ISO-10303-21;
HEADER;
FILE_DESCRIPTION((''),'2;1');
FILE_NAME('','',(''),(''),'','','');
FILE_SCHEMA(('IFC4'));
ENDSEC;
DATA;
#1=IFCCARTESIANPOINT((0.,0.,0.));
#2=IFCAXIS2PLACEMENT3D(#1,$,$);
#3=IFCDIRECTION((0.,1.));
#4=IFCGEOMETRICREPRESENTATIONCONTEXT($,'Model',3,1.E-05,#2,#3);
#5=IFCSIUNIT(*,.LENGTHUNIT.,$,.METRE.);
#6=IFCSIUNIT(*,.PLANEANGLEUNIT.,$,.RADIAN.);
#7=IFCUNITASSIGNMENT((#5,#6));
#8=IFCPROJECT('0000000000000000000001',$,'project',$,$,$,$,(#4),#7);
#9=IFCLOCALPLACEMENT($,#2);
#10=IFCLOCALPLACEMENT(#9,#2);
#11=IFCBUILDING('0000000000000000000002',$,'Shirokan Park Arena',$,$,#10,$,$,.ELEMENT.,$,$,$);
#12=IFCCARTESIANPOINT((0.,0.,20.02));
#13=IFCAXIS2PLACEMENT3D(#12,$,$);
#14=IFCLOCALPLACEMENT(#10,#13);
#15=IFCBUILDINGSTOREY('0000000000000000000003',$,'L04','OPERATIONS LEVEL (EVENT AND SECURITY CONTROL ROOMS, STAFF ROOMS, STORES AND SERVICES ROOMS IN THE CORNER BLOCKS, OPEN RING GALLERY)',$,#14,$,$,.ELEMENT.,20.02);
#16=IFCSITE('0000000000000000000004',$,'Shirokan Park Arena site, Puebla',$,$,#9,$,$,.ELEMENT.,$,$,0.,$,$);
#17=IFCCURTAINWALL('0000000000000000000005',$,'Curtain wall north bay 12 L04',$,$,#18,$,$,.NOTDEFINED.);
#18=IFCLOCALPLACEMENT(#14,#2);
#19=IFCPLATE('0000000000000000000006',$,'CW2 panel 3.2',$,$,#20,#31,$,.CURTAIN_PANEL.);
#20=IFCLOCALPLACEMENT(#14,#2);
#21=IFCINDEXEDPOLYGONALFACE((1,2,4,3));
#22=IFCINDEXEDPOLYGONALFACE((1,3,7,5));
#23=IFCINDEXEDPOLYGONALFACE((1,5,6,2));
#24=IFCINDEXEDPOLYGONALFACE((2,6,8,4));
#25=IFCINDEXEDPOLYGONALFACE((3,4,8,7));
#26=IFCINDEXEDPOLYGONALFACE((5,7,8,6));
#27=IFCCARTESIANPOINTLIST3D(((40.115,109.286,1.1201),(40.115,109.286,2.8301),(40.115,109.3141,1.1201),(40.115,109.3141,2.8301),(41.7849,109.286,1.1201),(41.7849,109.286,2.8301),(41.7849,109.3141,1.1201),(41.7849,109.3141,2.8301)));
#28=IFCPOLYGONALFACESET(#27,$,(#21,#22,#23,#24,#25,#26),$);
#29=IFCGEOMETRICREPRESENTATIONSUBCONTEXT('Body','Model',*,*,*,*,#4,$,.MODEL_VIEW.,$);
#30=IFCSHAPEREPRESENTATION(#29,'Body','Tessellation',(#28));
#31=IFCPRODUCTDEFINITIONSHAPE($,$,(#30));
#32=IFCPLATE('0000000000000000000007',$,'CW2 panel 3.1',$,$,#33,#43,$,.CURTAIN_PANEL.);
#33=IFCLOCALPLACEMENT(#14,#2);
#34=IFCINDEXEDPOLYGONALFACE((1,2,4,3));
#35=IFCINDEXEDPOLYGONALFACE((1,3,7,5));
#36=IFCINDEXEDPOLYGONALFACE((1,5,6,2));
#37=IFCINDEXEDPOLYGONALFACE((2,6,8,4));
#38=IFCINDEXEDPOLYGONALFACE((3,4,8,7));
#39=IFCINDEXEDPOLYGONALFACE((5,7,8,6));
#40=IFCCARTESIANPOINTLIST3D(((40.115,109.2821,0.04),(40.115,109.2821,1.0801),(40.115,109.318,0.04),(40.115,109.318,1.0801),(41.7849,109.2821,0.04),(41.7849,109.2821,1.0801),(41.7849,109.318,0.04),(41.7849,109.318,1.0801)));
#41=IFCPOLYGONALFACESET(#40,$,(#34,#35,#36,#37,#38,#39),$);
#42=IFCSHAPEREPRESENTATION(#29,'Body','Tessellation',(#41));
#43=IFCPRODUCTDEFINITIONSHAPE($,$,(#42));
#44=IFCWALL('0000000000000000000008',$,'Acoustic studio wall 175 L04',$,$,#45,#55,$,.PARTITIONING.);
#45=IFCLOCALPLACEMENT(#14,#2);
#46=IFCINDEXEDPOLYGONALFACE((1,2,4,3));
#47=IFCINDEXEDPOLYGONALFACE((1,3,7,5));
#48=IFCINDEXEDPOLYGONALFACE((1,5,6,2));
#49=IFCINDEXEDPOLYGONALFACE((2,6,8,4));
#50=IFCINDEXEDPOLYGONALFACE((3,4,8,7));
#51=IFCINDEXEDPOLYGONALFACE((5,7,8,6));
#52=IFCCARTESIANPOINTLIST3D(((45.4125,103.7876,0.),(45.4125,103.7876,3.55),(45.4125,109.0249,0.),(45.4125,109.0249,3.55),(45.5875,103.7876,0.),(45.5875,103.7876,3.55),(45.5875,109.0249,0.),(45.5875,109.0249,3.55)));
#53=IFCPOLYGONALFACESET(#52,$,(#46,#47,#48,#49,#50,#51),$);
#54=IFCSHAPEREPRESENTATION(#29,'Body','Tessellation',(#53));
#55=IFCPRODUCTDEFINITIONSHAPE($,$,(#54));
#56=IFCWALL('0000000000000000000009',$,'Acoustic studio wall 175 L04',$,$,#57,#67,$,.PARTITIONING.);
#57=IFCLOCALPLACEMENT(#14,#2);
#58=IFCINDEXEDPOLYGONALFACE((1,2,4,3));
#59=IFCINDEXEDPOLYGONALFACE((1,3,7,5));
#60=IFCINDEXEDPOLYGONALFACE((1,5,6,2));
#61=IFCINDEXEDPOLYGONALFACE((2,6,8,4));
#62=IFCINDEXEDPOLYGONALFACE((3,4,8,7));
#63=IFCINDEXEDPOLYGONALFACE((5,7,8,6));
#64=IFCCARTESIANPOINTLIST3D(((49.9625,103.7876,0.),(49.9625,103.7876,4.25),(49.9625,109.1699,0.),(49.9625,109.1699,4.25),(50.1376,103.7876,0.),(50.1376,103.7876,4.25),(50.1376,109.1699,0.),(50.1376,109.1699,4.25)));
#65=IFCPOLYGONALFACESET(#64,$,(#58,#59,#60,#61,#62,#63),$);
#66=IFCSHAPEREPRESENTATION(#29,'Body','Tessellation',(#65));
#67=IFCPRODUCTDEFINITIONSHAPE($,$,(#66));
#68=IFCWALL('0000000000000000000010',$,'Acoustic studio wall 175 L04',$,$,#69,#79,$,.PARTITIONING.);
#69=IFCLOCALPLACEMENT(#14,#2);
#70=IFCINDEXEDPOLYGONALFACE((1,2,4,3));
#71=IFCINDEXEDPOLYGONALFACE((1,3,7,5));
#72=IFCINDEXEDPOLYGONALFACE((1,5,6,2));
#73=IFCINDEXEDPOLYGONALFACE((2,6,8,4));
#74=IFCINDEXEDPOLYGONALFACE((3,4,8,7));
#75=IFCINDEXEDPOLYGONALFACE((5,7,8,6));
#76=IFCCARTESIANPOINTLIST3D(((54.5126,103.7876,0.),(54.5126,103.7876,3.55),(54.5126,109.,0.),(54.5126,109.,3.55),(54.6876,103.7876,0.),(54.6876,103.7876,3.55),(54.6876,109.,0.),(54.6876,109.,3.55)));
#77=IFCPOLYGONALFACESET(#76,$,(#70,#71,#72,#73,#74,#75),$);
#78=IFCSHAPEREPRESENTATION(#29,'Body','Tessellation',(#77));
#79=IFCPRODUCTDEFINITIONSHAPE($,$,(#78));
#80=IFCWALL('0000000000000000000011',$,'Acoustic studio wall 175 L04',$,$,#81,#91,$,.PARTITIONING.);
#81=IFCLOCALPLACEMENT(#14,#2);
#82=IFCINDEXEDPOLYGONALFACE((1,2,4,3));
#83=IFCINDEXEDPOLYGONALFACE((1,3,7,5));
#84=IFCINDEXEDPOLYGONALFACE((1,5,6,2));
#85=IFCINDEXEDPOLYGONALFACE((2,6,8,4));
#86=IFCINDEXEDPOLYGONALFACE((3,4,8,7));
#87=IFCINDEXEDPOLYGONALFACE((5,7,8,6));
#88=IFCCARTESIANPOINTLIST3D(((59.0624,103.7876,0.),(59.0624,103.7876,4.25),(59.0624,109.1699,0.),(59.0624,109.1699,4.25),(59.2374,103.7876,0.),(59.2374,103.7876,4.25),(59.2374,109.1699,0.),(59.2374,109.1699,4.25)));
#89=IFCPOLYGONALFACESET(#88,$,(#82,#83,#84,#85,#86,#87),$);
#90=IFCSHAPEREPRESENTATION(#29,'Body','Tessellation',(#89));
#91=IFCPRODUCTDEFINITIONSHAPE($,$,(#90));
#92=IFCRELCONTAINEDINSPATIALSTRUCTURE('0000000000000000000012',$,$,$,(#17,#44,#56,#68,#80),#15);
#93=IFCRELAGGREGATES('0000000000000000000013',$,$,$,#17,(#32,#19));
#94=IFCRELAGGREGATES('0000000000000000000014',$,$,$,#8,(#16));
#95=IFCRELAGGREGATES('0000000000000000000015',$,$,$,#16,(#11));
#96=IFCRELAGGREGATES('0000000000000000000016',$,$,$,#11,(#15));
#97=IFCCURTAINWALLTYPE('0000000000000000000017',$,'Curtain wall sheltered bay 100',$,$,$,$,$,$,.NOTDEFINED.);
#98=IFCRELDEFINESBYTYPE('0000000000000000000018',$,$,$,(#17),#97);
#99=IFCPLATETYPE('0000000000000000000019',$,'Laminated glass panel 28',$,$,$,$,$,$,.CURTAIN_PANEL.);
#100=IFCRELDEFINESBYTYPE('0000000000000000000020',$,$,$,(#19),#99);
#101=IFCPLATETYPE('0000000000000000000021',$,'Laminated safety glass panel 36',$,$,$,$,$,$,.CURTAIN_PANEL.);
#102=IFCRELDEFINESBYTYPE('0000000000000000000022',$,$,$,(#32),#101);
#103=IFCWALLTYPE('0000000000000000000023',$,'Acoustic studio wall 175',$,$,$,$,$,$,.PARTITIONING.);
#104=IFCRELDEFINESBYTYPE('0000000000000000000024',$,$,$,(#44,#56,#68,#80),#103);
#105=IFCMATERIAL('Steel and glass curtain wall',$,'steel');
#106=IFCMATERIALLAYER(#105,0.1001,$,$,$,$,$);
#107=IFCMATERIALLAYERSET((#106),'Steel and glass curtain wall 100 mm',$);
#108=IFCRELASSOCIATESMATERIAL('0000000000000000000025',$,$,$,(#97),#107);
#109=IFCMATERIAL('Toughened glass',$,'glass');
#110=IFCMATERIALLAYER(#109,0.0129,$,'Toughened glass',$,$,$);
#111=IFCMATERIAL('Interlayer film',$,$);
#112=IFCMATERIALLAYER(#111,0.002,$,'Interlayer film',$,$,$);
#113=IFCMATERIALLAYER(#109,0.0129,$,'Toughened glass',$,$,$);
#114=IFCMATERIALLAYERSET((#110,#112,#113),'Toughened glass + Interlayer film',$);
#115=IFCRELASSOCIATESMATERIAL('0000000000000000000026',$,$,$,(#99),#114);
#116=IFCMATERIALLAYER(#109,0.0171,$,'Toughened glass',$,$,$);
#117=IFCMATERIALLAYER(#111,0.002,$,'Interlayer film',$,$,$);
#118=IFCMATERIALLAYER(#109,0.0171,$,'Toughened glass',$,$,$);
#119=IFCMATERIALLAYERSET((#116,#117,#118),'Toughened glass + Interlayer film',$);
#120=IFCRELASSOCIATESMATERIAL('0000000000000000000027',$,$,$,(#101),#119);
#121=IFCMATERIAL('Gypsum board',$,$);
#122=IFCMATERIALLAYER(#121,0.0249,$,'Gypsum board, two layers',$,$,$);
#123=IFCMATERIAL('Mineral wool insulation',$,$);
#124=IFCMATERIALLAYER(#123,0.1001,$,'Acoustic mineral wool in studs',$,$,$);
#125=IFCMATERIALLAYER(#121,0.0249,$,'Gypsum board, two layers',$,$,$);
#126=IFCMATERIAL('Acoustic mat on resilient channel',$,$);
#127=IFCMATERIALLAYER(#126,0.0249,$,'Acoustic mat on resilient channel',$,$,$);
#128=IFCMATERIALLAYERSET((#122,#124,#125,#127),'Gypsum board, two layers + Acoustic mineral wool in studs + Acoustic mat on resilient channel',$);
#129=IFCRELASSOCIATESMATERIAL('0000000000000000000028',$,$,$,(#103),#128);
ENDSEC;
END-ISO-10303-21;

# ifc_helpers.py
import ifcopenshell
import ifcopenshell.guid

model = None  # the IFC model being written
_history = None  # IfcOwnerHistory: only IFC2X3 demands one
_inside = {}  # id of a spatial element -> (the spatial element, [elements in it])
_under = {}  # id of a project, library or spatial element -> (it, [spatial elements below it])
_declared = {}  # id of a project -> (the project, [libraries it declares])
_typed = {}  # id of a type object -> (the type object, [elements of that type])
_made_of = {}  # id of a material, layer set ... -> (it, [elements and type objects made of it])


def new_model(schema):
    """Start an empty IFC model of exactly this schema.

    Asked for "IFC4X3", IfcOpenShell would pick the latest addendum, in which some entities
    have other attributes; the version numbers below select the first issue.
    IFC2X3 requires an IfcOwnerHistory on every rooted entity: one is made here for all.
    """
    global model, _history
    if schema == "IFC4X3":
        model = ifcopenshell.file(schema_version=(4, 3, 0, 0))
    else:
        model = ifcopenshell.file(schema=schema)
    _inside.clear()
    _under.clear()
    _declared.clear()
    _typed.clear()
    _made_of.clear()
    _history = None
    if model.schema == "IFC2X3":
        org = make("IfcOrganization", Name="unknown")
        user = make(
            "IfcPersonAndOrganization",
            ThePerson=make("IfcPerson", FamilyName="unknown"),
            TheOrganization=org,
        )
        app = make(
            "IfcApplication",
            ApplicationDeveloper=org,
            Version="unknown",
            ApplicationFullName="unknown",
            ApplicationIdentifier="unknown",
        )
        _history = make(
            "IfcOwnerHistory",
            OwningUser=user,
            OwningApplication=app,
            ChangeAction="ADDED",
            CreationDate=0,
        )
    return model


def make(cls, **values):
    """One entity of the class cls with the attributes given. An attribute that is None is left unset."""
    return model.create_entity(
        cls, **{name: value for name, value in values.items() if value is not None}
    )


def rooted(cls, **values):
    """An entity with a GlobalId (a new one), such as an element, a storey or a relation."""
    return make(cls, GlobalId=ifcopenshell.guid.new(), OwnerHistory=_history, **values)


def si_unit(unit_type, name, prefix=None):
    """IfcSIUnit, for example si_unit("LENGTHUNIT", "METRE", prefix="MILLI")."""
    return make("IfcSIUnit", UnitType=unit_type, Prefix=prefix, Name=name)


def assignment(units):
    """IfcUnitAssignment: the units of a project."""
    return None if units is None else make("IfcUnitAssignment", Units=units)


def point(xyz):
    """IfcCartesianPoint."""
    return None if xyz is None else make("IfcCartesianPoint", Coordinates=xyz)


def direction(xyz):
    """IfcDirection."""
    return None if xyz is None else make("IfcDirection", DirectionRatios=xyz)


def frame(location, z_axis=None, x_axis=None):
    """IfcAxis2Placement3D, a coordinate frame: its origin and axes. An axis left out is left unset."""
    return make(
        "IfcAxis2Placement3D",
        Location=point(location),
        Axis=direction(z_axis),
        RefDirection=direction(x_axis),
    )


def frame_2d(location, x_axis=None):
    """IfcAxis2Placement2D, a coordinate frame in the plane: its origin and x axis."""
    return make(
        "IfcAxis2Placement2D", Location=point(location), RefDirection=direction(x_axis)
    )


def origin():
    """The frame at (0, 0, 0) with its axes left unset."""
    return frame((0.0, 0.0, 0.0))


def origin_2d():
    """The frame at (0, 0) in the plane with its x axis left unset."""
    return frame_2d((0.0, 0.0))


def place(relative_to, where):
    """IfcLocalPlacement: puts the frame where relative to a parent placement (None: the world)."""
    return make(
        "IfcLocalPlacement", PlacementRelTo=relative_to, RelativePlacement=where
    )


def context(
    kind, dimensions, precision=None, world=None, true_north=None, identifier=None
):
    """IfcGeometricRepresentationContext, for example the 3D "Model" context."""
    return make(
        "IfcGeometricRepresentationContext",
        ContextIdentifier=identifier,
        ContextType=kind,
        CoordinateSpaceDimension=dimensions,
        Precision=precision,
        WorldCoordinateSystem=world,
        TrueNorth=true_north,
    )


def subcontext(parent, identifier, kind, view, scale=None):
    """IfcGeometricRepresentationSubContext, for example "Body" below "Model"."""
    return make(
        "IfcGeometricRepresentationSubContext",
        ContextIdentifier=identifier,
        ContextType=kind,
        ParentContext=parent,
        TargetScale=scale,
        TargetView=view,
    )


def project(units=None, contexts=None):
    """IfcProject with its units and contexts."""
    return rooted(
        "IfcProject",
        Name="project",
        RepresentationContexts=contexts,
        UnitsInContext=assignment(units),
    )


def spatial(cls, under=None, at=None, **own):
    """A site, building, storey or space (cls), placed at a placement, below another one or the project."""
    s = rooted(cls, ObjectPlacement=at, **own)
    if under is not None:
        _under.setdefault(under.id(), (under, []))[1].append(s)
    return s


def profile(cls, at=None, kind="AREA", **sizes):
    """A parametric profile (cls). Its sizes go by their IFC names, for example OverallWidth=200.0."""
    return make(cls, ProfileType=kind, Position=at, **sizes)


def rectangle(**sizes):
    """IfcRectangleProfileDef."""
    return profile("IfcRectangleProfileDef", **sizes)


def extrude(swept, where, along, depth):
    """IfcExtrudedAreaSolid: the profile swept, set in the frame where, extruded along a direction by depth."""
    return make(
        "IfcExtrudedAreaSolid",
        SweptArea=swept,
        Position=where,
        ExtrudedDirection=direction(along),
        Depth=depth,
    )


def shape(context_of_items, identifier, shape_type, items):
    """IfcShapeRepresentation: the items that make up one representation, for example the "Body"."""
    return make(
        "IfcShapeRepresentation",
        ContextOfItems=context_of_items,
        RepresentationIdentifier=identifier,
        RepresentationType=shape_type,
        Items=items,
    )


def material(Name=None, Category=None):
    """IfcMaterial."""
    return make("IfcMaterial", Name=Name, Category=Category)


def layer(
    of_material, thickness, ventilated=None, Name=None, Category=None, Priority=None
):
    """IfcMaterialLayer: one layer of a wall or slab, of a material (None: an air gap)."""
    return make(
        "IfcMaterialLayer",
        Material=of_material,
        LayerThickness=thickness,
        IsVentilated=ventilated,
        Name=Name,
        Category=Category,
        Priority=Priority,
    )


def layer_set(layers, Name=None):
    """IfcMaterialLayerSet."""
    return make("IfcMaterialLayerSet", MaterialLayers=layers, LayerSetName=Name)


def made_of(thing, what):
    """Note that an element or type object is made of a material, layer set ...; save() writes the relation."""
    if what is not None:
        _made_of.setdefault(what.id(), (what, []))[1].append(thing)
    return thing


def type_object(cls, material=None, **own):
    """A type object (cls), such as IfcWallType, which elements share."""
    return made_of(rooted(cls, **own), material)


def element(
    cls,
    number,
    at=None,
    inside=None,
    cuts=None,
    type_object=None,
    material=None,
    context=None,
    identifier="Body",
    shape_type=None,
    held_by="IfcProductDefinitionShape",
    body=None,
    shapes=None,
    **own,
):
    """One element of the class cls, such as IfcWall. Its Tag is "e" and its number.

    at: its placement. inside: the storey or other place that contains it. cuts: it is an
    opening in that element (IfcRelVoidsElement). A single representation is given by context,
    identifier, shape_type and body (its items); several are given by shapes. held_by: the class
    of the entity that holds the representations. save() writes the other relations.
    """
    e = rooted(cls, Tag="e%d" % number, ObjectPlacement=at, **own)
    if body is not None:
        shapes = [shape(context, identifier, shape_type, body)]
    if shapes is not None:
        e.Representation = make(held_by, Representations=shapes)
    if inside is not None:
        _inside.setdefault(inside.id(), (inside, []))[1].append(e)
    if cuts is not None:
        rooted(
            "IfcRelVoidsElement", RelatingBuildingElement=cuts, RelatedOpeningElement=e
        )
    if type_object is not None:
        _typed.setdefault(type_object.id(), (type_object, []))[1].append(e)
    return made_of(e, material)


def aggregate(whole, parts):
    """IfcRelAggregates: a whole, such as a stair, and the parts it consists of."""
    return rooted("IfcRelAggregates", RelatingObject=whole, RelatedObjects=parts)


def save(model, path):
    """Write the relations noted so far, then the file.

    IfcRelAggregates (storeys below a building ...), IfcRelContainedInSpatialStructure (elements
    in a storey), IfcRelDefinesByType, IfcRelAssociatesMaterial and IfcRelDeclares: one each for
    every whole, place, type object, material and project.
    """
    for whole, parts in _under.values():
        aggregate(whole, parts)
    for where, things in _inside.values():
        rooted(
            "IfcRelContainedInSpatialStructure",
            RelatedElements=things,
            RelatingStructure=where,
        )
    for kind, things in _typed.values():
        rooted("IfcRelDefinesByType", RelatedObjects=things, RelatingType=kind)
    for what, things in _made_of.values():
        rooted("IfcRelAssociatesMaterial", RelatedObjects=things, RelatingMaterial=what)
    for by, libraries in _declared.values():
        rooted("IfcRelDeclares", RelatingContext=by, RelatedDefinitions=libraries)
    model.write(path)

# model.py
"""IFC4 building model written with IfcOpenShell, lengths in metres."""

from ifc_helpers import new_model, si_unit, direction, frame, frame_2d, origin, origin_2d, place, context, subcontext, project, spatial, rectangle, extrude, material, layer, layer_set, type_object, element, aggregate, save


model = new_model("IFC4")

# Units and contexts
model_context = context("Model", 3, precision=1e-05, world=origin(), true_north=direction((0.0, 1.0)))
body_context = subcontext(model_context, "Body", "Model", "MODEL_VIEW")
ifc_project = project(units=[si_unit("LENGTHUNIT", "METRE"), si_unit("PLANEANGLEUNIT", "RADIAN")], contexts=[model_context])

# Site, building, storey
site_placement = place(None, origin())
site = spatial("IfcSite", under=ifc_project, at=site_placement, Name="Shirokan Park Arena site, Puebla", CompositionType="ELEMENT", RefElevation=0.0)
building_placement = place(site_placement, origin())
building = spatial("IfcBuilding", under=site, at=building_placement, Name="Shirokan Park Arena", CompositionType="ELEMENT")
storey_placement = place(building_placement, frame((0.0, 0.0, 20.02)))
storey = spatial("IfcBuildingStorey", under=building, at=storey_placement, Name="L04", Description="OPERATIONS LEVEL (EVENT AND SECURITY CONTROL ROOMS, STAFF ROOMS, STORES AND SERVICES ROOMS IN THE CORNER BLOCKS, OPEN RING GALLERY)", CompositionType="ELEMENT", Elevation=20.02)

# Curtain wall
ifc_material_1 = material(Name="Steel and glass curtain wall", Category="steel")
ifc_layer_1 = layer(ifc_material_1, 0.1001)
ifc_layer_set_1 = layer_set([ifc_layer_1], Name="Steel and glass curtain wall 100 mm")
curtain_wall_type = type_object("IfcCurtainWallType", Name="Curtain wall sheltered bay 100", PredefinedType="NOTDEFINED", material=ifc_layer_set_1)
curtain_wall_placement = place(storey_placement, origin())
curtain_wall = element("IfcCurtainWall", 1, at=curtain_wall_placement, inside=storey, type_object=curtain_wall_type, Name="Curtain wall north bay 12 L04", PredefinedType="NOTDEFINED")

# Plates
ifc_material_2 = material(Name="Mineral wool insulation")
ifc_material_3 = material(Name="Toughened glass", Category="glass")
ifc_layer_2 = layer(ifc_material_3, 0.0129, Name="Toughened glass")
ifc_material_4 = material(Name="Interlayer film")
ifc_layer_3 = layer(ifc_material_4, 0.002, Name="Interlayer film")
ifc_layer_4 = layer(ifc_material_3, 0.0129, Name="Toughened glass")
ifc_layer_set_2 = layer_set([ifc_layer_2, ifc_layer_3, ifc_layer_4], Name="Toughened glass + Interlayer film")
plate_type_1 = type_object("IfcPlateType", Name="Laminated glass panel 28", PredefinedType="CURTAIN_PANEL", material=ifc_layer_set_2)
plate_1_placement = place(storey_placement, frame((40.95, 109.3, 1.1201), z_axis=(0.0, 0.0, 1.0), x_axis=(-1.0, 0.0, 0.0)))
plate_1 = element("IfcPlate", 2, at=plate_1_placement, type_object=plate_type_1, Name="CW2 panel 3.2", PredefinedType="CURTAIN_PANEL", context=body_context, shape_type="SweptSolid", body=[
    extrude(rectangle(XDim=1.6699, YDim=0.0281, at=origin_2d()), origin(), (0.0, 0.0, 1.0), 1.71),
])
ifc_layer_5 = layer(ifc_material_3, 0.0171, Name="Toughened glass")
ifc_layer_6 = layer(ifc_material_4, 0.002, Name="Interlayer film")
ifc_layer_7 = layer(ifc_material_3, 0.0171, Name="Toughened glass")
ifc_layer_set_3 = layer_set([ifc_layer_5, ifc_layer_6, ifc_layer_7], Name="Toughened glass + Interlayer film")
plate_type_2 = type_object("IfcPlateType", Name="Laminated safety glass panel 36", PredefinedType="CURTAIN_PANEL", material=ifc_layer_set_3)
plate_2_placement = place(storey_placement, frame((40.95, 109.3, 0.04), z_axis=(0.0, 0.0, 1.0), x_axis=(-1.0, 0.0, 0.0)))
plate_2 = element("IfcPlate", 3, at=plate_2_placement, type_object=plate_type_2, Name="CW2 panel 3.1", PredefinedType="CURTAIN_PANEL", context=body_context, shape_type="SweptSolid", body=[
    extrude(rectangle(XDim=1.6699, YDim=0.0359, at=origin_2d()), origin(), (0.0, 0.0, 1.0), 1.04),
])
aggregate(curtain_wall, [plate_2, plate_1])

# Shared definitions
ifc_material_5 = material(Name="Gypsum board")
ifc_layer_8 = layer(ifc_material_5, 0.0249, Name="Gypsum board, two layers")
ifc_layer_9 = layer(ifc_material_2, 0.1001, Name="Acoustic mineral wool in studs")
ifc_layer_10 = layer(ifc_material_5, 0.0249, Name="Gypsum board, two layers")
ifc_material_6 = material(Name="Acoustic mat on resilient channel")
ifc_layer_11 = layer(ifc_material_6, 0.0249, Name="Acoustic mat on resilient channel")
ifc_layer_set_4 = layer_set([ifc_layer_8, ifc_layer_9, ifc_layer_10, ifc_layer_11], Name="Gypsum board, two layers + Acoustic mineral wool in studs + Acoustic mat on resilient channel")
wall_type = type_object("IfcWallType", Name="Acoustic studio wall 175", PredefinedType="PARTITIONING", material=ifc_layer_set_4)

# Walls
wall_1_placement = place(storey_placement, frame((45.5, 109.0249, 0.0), z_axis=(0.0, 0.0, 1.0), x_axis=(0.0, -1.0, 0.0)))
element("IfcWall", 4, at=wall_1_placement, inside=storey, type_object=wall_type, Name="Acoustic studio wall 175 L04", PredefinedType="PARTITIONING", context=body_context, shape_type="SweptSolid", body=[
    extrude(rectangle(XDim=5.2373, YDim=0.175, at=frame_2d((2.6187, 0.0))), origin(), (0.0, 0.0, 1.0), 3.55),
])
wall_2_placement = place(storey_placement, frame((50.05, 109.1699, 0.0), z_axis=(0.0, 0.0, 1.0), x_axis=(0.0, -1.0, 0.0)))
element("IfcWall", 5, at=wall_2_placement, inside=storey, type_object=wall_type, Name="Acoustic studio wall 175 L04", PredefinedType="PARTITIONING", context=body_context, shape_type="SweptSolid", body=[
    extrude(rectangle(XDim=5.3823, YDim=0.175, at=frame_2d((2.6912, 0.0))), origin(), (0.0, 0.0, 1.0), 4.25),
])
wall_3_placement = place(storey_placement, frame((54.6001, 109.0, 0.0), z_axis=(0.0, 0.0, 1.0), x_axis=(0.0, -1.0, 0.0)))
element("IfcWall", 6, at=wall_3_placement, inside=storey, type_object=wall_type, Name="Acoustic studio wall 175 L04", PredefinedType="PARTITIONING", context=body_context, shape_type="SweptSolid", body=[
    extrude(rectangle(XDim=5.2124, YDim=0.175, at=frame_2d((2.6062, 0.0))), origin(), (0.0, 0.0, 1.0), 3.55),
])
wall_4_placement = place(storey_placement, frame((59.1499, 109.1699, 0.0), z_axis=(0.0, 0.0, 1.0), x_axis=(0.0, -1.0, 0.0)))
element("IfcWall", 7, at=wall_4_placement, inside=storey, type_object=wall_type, Name="Acoustic studio wall 175 L04", PredefinedType="PARTITIONING", context=body_context, shape_type="SweptSolid", body=[
    extrude(rectangle(XDim=5.3823, YDim=0.175, at=frame_2d((2.6912, 0.0))), origin(), (0.0, 0.0, 1.0), 4.25),
])

save(model, "model.ifc")
